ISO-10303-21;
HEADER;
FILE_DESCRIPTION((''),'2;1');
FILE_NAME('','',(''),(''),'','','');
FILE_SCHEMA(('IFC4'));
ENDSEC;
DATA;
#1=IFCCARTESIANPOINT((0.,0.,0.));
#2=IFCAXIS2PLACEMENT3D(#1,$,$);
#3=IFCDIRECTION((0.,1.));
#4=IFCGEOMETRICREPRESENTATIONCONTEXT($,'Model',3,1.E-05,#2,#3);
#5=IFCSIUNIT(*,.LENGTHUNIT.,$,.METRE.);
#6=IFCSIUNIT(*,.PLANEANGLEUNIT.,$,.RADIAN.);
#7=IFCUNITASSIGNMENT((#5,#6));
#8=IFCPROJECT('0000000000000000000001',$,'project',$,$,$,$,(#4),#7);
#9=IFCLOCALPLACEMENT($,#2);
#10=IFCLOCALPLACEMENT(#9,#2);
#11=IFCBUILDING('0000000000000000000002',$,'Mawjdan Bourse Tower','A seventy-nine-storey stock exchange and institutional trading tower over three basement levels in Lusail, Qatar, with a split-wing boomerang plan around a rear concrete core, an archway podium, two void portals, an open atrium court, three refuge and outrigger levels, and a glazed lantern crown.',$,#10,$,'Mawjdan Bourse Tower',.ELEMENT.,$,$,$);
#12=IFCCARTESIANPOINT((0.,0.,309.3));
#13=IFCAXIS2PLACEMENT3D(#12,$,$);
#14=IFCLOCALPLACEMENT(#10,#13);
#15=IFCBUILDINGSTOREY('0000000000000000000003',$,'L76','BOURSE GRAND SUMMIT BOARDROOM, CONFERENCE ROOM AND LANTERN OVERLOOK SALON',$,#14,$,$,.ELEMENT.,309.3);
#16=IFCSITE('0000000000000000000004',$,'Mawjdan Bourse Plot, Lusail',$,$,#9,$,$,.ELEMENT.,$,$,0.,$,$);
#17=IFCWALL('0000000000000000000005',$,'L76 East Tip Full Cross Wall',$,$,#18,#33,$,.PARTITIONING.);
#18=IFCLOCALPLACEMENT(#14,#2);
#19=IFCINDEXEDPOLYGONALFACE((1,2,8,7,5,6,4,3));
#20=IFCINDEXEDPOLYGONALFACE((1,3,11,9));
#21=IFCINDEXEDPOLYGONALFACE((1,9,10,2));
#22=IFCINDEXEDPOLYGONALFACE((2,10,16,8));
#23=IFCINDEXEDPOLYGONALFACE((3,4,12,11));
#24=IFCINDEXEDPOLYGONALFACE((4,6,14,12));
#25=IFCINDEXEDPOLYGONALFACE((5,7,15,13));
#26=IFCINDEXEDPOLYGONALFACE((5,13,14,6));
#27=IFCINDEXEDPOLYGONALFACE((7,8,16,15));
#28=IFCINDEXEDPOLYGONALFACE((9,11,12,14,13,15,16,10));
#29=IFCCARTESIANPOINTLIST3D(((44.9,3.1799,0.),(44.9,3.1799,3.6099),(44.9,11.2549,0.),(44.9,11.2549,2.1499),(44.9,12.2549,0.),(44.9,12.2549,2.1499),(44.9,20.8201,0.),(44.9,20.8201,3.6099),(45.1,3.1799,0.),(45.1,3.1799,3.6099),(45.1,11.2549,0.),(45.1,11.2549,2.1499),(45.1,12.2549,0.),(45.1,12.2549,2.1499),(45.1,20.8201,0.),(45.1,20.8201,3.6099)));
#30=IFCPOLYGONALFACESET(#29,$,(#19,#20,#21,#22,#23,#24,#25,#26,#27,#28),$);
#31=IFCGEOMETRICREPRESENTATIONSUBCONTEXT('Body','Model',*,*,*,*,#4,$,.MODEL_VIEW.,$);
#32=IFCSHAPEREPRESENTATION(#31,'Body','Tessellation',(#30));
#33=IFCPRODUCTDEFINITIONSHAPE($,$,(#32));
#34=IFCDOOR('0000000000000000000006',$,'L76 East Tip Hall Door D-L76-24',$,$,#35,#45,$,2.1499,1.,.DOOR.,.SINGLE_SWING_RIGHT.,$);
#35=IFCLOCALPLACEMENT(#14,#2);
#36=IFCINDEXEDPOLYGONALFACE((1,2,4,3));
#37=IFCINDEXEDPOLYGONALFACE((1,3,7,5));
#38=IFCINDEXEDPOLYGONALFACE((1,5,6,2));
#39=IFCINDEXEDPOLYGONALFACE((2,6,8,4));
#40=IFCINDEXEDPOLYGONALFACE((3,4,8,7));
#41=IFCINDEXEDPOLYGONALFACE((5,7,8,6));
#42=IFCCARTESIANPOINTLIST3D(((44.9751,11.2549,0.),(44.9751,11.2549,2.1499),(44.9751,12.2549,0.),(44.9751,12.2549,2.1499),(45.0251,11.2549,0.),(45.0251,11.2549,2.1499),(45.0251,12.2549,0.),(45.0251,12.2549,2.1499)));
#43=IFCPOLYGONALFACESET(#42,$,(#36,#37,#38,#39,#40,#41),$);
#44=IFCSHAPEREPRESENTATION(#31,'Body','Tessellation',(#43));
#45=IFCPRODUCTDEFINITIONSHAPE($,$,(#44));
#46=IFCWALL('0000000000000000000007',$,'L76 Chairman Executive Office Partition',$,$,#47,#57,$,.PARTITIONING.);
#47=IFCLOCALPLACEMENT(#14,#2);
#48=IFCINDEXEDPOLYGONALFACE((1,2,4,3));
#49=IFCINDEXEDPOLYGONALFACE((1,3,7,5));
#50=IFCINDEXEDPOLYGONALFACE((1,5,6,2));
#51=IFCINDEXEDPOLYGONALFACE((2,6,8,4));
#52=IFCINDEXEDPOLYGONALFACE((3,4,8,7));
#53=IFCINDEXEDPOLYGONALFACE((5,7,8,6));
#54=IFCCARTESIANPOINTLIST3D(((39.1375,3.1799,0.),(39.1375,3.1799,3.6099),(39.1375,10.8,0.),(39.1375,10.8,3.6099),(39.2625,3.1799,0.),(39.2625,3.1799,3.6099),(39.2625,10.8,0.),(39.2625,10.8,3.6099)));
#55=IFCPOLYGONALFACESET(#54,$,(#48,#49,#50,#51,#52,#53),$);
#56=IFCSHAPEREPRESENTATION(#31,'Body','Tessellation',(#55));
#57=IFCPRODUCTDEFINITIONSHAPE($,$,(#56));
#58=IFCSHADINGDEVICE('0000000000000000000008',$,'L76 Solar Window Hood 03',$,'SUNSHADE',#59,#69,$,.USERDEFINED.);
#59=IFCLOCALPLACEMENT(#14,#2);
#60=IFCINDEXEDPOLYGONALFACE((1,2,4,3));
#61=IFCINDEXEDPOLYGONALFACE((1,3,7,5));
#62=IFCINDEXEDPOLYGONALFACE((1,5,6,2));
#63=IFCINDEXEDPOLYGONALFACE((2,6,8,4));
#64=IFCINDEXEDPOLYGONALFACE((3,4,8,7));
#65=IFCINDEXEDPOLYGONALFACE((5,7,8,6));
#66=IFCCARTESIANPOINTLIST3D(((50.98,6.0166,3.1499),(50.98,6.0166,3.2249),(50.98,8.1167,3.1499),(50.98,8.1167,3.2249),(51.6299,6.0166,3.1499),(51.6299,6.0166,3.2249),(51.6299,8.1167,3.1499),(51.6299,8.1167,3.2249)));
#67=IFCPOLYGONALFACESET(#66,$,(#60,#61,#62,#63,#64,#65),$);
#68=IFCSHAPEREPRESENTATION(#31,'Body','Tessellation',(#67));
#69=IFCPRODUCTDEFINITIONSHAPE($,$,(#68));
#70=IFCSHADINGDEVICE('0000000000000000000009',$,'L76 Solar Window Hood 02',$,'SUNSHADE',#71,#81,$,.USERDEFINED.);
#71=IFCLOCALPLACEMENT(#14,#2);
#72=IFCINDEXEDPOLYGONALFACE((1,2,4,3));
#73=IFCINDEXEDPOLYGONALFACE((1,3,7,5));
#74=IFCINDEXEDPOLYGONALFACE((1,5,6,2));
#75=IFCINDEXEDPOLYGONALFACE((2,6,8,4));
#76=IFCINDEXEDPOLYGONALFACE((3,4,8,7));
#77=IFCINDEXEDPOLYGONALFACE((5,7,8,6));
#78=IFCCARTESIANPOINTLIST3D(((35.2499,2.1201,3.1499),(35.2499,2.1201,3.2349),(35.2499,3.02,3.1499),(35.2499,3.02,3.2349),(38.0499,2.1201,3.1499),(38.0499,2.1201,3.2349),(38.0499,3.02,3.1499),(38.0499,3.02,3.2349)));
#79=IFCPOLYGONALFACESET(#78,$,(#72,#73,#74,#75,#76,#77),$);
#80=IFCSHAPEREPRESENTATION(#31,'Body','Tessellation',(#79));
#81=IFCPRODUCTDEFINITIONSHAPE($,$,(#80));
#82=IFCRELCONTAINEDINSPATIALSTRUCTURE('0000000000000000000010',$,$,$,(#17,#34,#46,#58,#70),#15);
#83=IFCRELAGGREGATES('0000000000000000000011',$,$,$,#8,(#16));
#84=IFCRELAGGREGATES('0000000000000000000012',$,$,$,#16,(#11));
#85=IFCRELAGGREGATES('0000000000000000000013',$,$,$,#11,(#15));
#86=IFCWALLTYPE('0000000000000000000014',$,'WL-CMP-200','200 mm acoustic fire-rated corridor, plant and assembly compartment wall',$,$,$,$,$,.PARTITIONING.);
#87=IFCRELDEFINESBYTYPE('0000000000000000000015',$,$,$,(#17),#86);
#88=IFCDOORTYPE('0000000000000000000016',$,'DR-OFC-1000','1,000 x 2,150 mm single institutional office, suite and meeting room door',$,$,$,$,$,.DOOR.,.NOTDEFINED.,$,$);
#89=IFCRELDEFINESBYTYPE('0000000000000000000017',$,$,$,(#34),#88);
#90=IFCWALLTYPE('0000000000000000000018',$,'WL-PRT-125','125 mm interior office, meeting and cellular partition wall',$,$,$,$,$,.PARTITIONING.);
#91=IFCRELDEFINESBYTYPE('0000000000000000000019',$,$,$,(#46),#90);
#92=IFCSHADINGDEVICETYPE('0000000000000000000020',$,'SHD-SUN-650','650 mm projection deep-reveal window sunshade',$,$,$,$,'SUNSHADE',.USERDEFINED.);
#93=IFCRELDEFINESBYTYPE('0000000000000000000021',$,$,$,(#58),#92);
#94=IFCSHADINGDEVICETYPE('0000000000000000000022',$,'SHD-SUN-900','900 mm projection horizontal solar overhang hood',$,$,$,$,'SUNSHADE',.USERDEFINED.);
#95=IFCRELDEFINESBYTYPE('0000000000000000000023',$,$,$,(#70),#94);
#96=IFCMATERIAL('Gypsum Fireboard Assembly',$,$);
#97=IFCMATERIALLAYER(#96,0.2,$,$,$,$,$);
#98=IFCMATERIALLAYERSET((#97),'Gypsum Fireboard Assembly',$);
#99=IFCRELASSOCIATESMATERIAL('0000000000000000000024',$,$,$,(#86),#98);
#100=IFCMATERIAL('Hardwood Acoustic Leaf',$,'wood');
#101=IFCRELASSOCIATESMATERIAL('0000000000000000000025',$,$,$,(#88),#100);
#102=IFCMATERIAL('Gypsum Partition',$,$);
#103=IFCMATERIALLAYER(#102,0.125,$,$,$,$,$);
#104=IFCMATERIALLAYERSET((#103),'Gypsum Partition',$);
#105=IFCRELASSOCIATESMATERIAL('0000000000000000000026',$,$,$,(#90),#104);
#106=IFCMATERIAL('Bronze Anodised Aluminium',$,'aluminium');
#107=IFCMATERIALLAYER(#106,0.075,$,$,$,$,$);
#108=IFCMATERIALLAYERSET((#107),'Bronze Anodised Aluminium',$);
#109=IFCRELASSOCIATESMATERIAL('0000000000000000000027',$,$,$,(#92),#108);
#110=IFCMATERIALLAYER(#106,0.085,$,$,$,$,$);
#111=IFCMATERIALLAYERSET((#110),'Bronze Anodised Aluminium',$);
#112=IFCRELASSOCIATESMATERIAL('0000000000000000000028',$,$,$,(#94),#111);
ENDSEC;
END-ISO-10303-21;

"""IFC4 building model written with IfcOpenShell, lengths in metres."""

from ifc_helpers import new_model, si_unit, direction, frame, frame_2d, origin, origin_2d, place, context, subcontext, project, spatial, rectangle, extrude, material, layer, layer_set, type_object, element, fill, save


model = new_model("IFC4")

# Units and contexts
model_context = context("Model", 3, precision=1e-05, world=origin(), true_north=direction((0.0, 1.0)))
body_context = subcontext(model_context, "Body", "Model", "MODEL_VIEW")
ifc_project = project(units=[si_unit("LENGTHUNIT", "METRE"), si_unit("PLANEANGLEUNIT", "RADIAN")], contexts=[model_context])

# Site, building, storey
site_placement = place(None, origin())
site = spatial("IfcSite", under=ifc_project, at=site_placement, Name="Mawjdan Bourse Plot, Lusail", CompositionType="ELEMENT", RefElevation=0.0)
building_placement = place(site_placement, origin())
building = spatial("IfcBuilding", under=site, at=building_placement, Name="Mawjdan Bourse Tower", Description="A seventy-nine-storey stock exchange and institutional trading tower over three basement levels in Lusail, Qatar, with a split-wing boomerang plan around a rear concrete core, an archway podium, two void portals, an open atrium court, three refuge and outrigger levels, and a glazed lantern crown.", LongName="Mawjdan Bourse Tower", CompositionType="ELEMENT")
storey_placement = place(building_placement, frame((0.0, 0.0, 309.3)))
storey = spatial("IfcBuildingStorey", under=building, at=storey_placement, Name="L76", Description="BOURSE GRAND SUMMIT BOARDROOM, CONFERENCE ROOM AND LANTERN OVERLOOK SALON", CompositionType="ELEMENT", Elevation=309.3)

# Wall, opening, door
ifc_material_1 = material(Name="Gypsum Fireboard Assembly")
ifc_layer_1 = layer(ifc_material_1, 0.2)
ifc_layer_set_1 = layer_set([ifc_layer_1], Name="Gypsum Fireboard Assembly")
wall_type_1 = type_object("IfcWallType", Name="WL-CMP-200", Description="200 mm acoustic fire-rated corridor, plant and assembly compartment wall", PredefinedType="PARTITIONING", material=ifc_layer_set_1)
wall_1_placement = place(storey_placement, frame((45.0, 3.1799, 0.0), z_axis=(0.0, 0.0, 1.0), x_axis=(0.0, 1.0, 0.0)))
wall_1 = element("IfcWall", 1, at=wall_1_placement, inside=storey, type_object=wall_type_1, Name="L76 East Tip Full Cross Wall", PredefinedType="PARTITIONING", context=body_context, shape_type="SweptSolid", body=[
    extrude(rectangle(XDim=17.6401, YDim=0.2, at=frame_2d((8.8201, 0.0))), origin(), (0.0, 0.0, 1.0), 3.6099),
])
opening_1_placement = place(wall_1_placement, frame((8.075, 0.0, 0.0)))
opening_1 = element("IfcOpeningElement", 2, at=opening_1_placement, cuts=wall_1, PredefinedType="OPENING", context=body_context, shape_type="SweptSolid", body=[
    extrude(rectangle(XDim=1.0, YDim=2.1499, at=frame_2d((0.5, 1.075))), frame((0.0, 0.1099, 0.0), z_axis=(0.0, -1.0, 0.0), x_axis=(1.0, 0.0, 0.0)), (0.0, 0.0, 1.0), 0.22),
])
ifc_material_2 = material(Name="Hardwood Acoustic Leaf", Category="wood")
door_type = type_object("IfcDoorType", Name="DR-OFC-1000", Description="1,000 x 2,150 mm single institutional office, suite and meeting room door", OperationType="NOTDEFINED", PredefinedType="DOOR", material=ifc_material_2)
door_placement = place(opening_1_placement, origin())
door = element("IfcDoor", 3, at=door_placement, inside=storey, type_object=door_type, Name="L76 East Tip Hall Door D-L76-24", OperationType="SINGLE_SWING_RIGHT", OverallHeight=2.1499, OverallWidth=1.0, PredefinedType="DOOR", context=body_context, shape_type="SweptSolid", body=[
    extrude(rectangle(XDim=1.0, YDim=2.1499, at=frame_2d((0.5, 1.075))), frame((0.0, 0.0249, 0.0), z_axis=(0.0, -1.0, 0.0), x_axis=(1.0, 0.0, 0.0)), (0.0, 0.0, 1.0), 0.05),
])
fill(opening_1, door)

# Wall
ifc_material_3 = material(Name="Gypsum Partition")
ifc_layer_2 = layer(ifc_material_3, 0.125)
ifc_layer_set_2 = layer_set([ifc_layer_2], Name="Gypsum Partition")
wall_type_2 = type_object("IfcWallType", Name="WL-PRT-125", Description="125 mm interior office, meeting and cellular partition wall", PredefinedType="PARTITIONING", material=ifc_layer_set_2)
wall_2_placement = place(storey_placement, frame((39.2, 3.1799, 0.0), z_axis=(0.0, 0.0, 1.0), x_axis=(0.0, 1.0, 0.0)))
element("IfcWall", 4, at=wall_2_placement, inside=storey, type_object=wall_type_2, Name="L76 Chairman Executive Office Partition", PredefinedType="PARTITIONING", context=body_context, shape_type="SweptSolid", body=[
    extrude(rectangle(XDim=7.6201, YDim=0.125, at=frame_2d((3.8101, 0.0))), origin(), (0.0, 0.0, 1.0), 3.6099),
])

# Shading devices
ifc_material_4 = material(Name="Bronze Anodised Aluminium", Category="aluminium")
ifc_layer_3 = layer(ifc_material_4, 0.075)
ifc_layer_set_3 = layer_set([ifc_layer_3], Name="Bronze Anodised Aluminium")
shading_device_type_1 = type_object("IfcShadingDeviceType", Name="SHD-SUN-650", Description="650 mm projection deep-reveal window sunshade", ElementType="SUNSHADE", PredefinedType="USERDEFINED", material=ifc_layer_set_3)
shading_device_1_placement = place(storey_placement, frame((51.3049, 7.0667, 3.1499), z_axis=(0.0, 0.0, 1.0), x_axis=(0.0, 1.0, 0.0)))
element("IfcShadingDevice", 5, at=shading_device_1_placement, inside=storey, type_object=shading_device_type_1, Name="L76 Solar Window Hood 03", ObjectType="SUNSHADE", PredefinedType="USERDEFINED", context=body_context, shape_type="SweptSolid", body=[
    extrude(rectangle(XDim=2.1001, YDim=0.6499, at=origin_2d()), origin(), (0.0, 0.0, 1.0), 0.075),
])
ifc_layer_4 = layer(ifc_material_4, 0.085)
ifc_layer_set_4 = layer_set([ifc_layer_4], Name="Bronze Anodised Aluminium")
shading_device_type_2 = type_object("IfcShadingDeviceType", Name="SHD-SUN-900", Description="900 mm projection horizontal solar overhang hood", ElementType="SUNSHADE", PredefinedType="USERDEFINED", material=ifc_layer_set_4)
shading_device_2_placement = place(storey_placement, frame((36.6499, 2.5701, 3.1499), z_axis=(0.0, 0.0, 1.0), x_axis=(1.0, 0.0, 0.0)))
element("IfcShadingDevice", 6, at=shading_device_2_placement, inside=storey, type_object=shading_device_type_2, Name="L76 Solar Window Hood 02", ObjectType="SUNSHADE", PredefinedType="USERDEFINED", context=body_context, shape_type="SweptSolid", body=[
    extrude(rectangle(XDim=2.8, YDim=0.8999, at=origin_2d()), origin(), (0.0, 0.0, 1.0), 0.085),
])

save(model, "model.ifc")
